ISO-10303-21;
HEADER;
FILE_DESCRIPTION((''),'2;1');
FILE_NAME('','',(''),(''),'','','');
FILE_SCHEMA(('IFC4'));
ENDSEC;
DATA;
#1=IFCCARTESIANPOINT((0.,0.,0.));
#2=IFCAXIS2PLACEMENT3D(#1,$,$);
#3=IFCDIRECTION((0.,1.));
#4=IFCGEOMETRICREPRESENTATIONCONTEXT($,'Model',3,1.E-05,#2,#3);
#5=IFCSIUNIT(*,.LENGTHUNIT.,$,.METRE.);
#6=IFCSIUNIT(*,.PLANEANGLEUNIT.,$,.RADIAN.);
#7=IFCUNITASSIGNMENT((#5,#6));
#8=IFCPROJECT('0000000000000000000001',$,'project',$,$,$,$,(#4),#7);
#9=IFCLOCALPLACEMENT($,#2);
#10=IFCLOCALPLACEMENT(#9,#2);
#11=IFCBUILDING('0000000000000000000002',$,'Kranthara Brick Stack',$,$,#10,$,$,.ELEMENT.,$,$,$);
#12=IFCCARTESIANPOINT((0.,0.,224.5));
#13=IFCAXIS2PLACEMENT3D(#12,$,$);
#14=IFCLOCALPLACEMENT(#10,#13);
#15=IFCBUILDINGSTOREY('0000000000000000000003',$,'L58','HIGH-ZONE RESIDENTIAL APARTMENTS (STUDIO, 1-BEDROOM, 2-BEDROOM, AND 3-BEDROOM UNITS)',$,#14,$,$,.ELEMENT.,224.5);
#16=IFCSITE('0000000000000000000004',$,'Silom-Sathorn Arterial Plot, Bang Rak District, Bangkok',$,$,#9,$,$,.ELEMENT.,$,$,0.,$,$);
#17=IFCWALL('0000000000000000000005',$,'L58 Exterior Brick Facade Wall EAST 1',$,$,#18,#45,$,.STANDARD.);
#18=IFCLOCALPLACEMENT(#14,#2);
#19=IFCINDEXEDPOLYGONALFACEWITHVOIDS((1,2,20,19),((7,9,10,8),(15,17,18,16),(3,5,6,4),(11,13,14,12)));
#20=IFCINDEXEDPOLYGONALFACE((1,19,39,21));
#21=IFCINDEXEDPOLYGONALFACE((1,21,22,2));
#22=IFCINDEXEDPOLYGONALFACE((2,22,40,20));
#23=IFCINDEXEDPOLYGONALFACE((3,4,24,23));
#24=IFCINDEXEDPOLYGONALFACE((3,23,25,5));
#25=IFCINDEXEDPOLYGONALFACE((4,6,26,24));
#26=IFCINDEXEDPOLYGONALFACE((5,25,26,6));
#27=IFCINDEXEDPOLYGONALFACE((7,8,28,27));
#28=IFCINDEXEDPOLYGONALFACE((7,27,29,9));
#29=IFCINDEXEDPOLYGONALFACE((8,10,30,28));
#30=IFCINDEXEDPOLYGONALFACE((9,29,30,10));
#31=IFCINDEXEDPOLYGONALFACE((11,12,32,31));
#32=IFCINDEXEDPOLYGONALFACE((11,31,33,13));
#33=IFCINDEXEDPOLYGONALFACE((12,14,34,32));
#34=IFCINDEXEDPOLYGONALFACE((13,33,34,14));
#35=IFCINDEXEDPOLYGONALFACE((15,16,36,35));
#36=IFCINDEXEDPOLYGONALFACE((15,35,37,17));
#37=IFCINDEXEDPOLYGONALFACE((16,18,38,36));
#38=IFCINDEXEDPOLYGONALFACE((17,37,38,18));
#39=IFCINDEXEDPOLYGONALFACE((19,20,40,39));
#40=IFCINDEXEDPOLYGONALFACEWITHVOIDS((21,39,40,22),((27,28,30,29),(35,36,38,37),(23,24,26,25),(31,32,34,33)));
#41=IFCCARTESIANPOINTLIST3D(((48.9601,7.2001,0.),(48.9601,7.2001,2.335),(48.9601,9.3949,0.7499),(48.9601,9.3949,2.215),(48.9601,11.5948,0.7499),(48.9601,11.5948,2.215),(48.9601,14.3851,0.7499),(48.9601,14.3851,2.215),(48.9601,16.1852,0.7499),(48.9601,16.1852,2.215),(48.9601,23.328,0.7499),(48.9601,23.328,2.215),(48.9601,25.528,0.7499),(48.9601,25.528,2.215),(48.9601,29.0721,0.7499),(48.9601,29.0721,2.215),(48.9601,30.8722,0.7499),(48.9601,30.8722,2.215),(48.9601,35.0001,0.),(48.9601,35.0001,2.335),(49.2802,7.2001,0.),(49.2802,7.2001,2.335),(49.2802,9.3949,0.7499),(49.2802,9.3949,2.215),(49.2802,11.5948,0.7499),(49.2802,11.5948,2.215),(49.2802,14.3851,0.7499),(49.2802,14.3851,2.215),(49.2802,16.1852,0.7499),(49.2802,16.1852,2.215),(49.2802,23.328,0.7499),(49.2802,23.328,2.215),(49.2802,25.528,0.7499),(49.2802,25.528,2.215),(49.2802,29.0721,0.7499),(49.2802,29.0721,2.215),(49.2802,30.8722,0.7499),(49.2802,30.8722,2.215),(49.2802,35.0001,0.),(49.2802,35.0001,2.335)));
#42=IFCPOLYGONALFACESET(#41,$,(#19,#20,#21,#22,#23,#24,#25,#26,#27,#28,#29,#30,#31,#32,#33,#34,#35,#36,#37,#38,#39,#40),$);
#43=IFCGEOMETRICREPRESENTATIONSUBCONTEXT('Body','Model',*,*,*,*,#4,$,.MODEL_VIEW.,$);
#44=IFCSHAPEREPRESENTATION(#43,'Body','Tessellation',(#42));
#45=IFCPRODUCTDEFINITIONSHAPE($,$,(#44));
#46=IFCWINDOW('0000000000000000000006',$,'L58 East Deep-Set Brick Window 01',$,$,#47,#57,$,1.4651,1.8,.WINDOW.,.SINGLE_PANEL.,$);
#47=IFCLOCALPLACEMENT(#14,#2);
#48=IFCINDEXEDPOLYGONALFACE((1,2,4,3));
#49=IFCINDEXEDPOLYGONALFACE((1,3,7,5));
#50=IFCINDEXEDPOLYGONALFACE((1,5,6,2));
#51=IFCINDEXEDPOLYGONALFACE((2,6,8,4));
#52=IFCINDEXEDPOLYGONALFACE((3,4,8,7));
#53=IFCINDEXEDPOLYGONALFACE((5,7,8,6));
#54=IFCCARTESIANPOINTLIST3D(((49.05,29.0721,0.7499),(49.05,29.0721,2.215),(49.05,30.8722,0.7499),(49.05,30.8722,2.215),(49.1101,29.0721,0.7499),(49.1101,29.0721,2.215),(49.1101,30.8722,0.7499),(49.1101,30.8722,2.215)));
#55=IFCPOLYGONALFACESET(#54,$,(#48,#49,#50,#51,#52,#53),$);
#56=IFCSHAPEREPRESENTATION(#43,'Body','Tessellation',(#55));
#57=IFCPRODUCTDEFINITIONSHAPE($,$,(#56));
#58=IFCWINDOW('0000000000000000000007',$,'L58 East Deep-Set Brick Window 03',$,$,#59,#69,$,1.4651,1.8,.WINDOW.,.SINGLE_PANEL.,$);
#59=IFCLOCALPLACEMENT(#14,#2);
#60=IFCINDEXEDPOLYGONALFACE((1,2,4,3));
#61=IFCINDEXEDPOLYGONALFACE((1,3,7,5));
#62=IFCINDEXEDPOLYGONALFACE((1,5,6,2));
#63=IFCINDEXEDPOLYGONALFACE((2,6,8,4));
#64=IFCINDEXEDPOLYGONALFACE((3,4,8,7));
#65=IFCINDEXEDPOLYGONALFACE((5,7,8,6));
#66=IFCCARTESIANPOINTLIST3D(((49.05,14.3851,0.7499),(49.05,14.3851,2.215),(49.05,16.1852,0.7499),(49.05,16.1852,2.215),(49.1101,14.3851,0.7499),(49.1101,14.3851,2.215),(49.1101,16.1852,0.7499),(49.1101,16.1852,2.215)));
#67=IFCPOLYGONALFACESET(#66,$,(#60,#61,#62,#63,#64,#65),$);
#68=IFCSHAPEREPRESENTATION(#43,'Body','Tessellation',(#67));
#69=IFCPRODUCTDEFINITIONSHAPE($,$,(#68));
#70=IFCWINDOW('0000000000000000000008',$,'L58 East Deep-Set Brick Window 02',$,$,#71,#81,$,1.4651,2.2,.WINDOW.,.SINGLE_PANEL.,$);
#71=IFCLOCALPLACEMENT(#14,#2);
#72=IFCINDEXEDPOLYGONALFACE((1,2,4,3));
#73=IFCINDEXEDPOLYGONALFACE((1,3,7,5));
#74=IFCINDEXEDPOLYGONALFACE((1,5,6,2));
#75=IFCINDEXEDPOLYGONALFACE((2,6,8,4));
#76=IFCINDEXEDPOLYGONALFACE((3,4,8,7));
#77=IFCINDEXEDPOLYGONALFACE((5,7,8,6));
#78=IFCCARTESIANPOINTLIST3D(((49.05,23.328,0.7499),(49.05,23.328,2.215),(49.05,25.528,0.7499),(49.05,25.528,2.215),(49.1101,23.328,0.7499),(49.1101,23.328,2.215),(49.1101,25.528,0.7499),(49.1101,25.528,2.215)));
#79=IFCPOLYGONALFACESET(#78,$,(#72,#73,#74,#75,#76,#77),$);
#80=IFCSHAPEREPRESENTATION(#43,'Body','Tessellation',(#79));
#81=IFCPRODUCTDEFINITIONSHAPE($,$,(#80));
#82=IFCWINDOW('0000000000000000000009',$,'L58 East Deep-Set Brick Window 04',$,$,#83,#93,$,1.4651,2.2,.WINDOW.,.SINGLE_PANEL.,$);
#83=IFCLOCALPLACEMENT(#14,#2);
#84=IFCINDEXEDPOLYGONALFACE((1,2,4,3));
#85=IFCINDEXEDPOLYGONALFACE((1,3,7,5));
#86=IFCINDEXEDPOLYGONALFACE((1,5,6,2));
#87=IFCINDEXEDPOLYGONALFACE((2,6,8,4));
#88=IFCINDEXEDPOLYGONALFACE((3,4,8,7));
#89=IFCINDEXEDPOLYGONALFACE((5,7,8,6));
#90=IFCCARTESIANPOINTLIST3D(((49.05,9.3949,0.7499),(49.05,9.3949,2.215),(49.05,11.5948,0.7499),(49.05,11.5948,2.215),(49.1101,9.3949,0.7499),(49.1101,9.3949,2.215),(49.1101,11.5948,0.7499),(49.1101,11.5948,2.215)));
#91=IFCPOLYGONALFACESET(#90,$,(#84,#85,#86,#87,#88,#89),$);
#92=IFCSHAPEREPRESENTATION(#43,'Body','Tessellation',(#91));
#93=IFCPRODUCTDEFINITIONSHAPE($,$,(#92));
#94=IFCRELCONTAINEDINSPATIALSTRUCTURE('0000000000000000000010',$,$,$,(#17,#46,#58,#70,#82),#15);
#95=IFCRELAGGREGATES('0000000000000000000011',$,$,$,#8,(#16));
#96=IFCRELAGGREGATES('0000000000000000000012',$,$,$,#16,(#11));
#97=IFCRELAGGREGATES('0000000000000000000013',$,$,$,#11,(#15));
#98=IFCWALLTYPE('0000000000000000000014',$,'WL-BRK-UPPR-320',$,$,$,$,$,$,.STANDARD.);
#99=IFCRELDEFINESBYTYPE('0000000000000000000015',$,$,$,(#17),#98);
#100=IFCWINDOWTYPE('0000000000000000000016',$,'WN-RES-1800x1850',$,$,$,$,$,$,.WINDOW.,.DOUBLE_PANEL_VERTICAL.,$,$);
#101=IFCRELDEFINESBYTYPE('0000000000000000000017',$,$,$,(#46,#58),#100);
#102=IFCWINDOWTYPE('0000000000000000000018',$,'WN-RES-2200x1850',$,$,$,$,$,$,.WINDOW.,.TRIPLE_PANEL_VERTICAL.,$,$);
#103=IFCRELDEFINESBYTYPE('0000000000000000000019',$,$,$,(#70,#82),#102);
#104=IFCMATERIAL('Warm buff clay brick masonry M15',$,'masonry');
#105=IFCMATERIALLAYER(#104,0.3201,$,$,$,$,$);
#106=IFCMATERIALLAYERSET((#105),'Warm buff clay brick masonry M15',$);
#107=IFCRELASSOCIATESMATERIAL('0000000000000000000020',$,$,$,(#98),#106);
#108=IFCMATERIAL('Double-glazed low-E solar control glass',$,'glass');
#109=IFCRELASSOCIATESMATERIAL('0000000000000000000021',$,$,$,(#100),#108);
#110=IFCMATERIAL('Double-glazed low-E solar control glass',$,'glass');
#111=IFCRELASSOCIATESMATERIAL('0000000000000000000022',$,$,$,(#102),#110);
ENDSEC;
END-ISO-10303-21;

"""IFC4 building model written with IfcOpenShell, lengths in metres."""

from ifc_helpers import new_model, si_unit, direction, frame, frame_2d, origin, place, context, subcontext, project, spatial, rectangle, extrude, material, layer, layer_set, type_object, element, fill, save


model = new_model("IFC4")

# Units and contexts
model_context = context("Model", 3, precision=1e-05, world=origin(), true_north=direction((0.0, 1.0)))
body_context = subcontext(model_context, "Body", "Model", "MODEL_VIEW")
ifc_project = project(units=[si_unit("LENGTHUNIT", "METRE"), si_unit("PLANEANGLEUNIT", "RADIAN")], contexts=[model_context])

# Site, building, storey
site_placement = place(None, origin())
site = spatial("IfcSite", under=ifc_project, at=site_placement, Name="Silom-Sathorn Arterial Plot, Bang Rak District, Bangkok", CompositionType="ELEMENT", RefElevation=0.0)
building_placement = place(site_placement, origin())
building = spatial("IfcBuilding", under=site, at=building_placement, Name="Kranthara Brick Stack", CompositionType="ELEMENT")
storey_placement = place(building_placement, frame((0.0, 0.0, 224.5)))
storey = spatial("IfcBuildingStorey", under=building, at=storey_placement, Name="L58", Description="HIGH-ZONE RESIDENTIAL APARTMENTS (STUDIO, 1-BEDROOM, 2-BEDROOM, AND 3-BEDROOM UNITS)", CompositionType="ELEMENT", Elevation=224.5)

# Shared definitions
ifc_material_1 = material(Name="Warm buff clay brick masonry M15", Category="masonry")
ifc_layer_1 = layer(ifc_material_1, 0.3201)
ifc_layer_set_1 = layer_set([ifc_layer_1], Name="Warm buff clay brick masonry M15")
wall_type = type_object("IfcWallType", Name="WL-BRK-UPPR-320", PredefinedType="STANDARD", material=ifc_layer_set_1)

# Wall, openings, windows
wall_1_placement = place(storey_placement, frame((49.1201, 35.0, 0.0), z_axis=(0.0, 0.0, 1.0), x_axis=(0.0, -1.0, 0.0)))
wall_1 = element("IfcWall", 1, at=wall_1_placement, inside=storey, type_object=wall_type, Name="L58 Exterior Brick Facade Wall EAST 1", PredefinedType="STANDARD", context=body_context, shape_type="SweptSolid", body=[
    extrude(rectangle(XDim=27.8, YDim=0.3201, at=frame_2d((13.8999, 0.0))), origin(), (0.0, 0.0, 1.0), 2.335),
])
opening_1_placement = place(wall_1_placement, frame((4.1279, 0.0, 0.75)))
opening_1 = element("IfcOpeningElement", 2, at=opening_1_placement, cuts=wall_1, PredefinedType="OPENING", context=body_context, shape_type="SweptSolid", body=[
    extrude(rectangle(XDim=1.8, YDim=1.4651, at=frame_2d((0.8999, 0.7324))), frame((0.0, 0.1699, 0.0), z_axis=(0.0, -1.0, 0.0), x_axis=(1.0, 0.0, 0.0)), (0.0, 0.0, 1.0), 0.3401),
])
opening_2_placement = place(wall_1_placement, frame((9.4719, 0.0, 0.75)))
opening_2 = element("IfcOpeningElement", 3, at=opening_2_placement, cuts=wall_1, PredefinedType="OPENING", context=body_context, shape_type="SweptSolid", body=[
    extrude(rectangle(XDim=2.2, YDim=1.4651, at=frame_2d((1.1001, 0.7324))), frame((0.0, 0.1699, 0.0), z_axis=(0.0, -1.0, 0.0), x_axis=(1.0, 0.0, 0.0)), (0.0, 0.0, 1.0), 0.3401),
])
opening_3_placement = place(wall_1_placement, frame((18.8149, 0.0, 0.75)))
opening_3 = element("IfcOpeningElement", 4, at=opening_3_placement, cuts=wall_1, PredefinedType="OPENING", context=body_context, shape_type="SweptSolid", body=[
    extrude(rectangle(XDim=1.8, YDim=1.4651, at=frame_2d((0.8999, 0.7324))), frame((0.0, 0.1699, 0.0), z_axis=(0.0, -1.0, 0.0), x_axis=(1.0, 0.0, 0.0)), (0.0, 0.0, 1.0), 0.3401),
])
opening_4_placement = place(wall_1_placement, frame((23.405, 0.0, 0.75)))
opening_4 = element("IfcOpeningElement", 5, at=opening_4_placement, cuts=wall_1, PredefinedType="OPENING", context=body_context, shape_type="SweptSolid", body=[
    extrude(rectangle(XDim=2.2, YDim=1.4651, at=frame_2d((1.1001, 0.7324))), frame((0.0, 0.1699, 0.0), z_axis=(0.0, -1.0, 0.0), x_axis=(1.0, 0.0, 0.0)), (0.0, 0.0, 1.0), 0.3401),
])
ifc_material_2 = material(Name="Double-glazed low-E solar control glass", Category="glass")
window_type_1 = type_object("IfcWindowType", Name="WN-RES-1800x1850", PartitioningType="DOUBLE_PANEL_VERTICAL", PredefinedType="WINDOW", material=ifc_material_2)
window_1_placement = place(opening_1_placement, origin())
window_1 = element("IfcWindow", 6, at=window_1_placement, inside=storey, type_object=window_type_1, Name="L58 East Deep-Set Brick Window 01", OverallHeight=1.4651, OverallWidth=1.8, PartitioningType="SINGLE_PANEL", PredefinedType="WINDOW", context=body_context, shape_type="SweptSolid", body=[
    extrude(rectangle(XDim=1.8, YDim=1.4651, at=frame_2d((0.8999, 0.7324))), frame((0.0, -0.01, 0.0), z_axis=(0.0, -1.0, 0.0), x_axis=(1.0, 0.0, 0.0)), (0.0, 0.0, 1.0), 0.0601),
])
fill(opening_1, window_1)
window_2_placement = place(opening_3_placement, origin())
window_2 = element("IfcWindow", 7, at=window_2_placement, inside=storey, type_object=window_type_1, Name="L58 East Deep-Set Brick Window 03", OverallHeight=1.4651, OverallWidth=1.8, PartitioningType="SINGLE_PANEL", PredefinedType="WINDOW", context=body_context, shape_type="SweptSolid", body=[
    extrude(rectangle(XDim=1.8, YDim=1.4651, at=frame_2d((0.8999, 0.7324))), frame((0.0, -0.01, 0.0), z_axis=(0.0, -1.0, 0.0), x_axis=(1.0, 0.0, 0.0)), (0.0, 0.0, 1.0), 0.0601),
])
fill(opening_3, window_2)
ifc_material_3 = material(Name="Double-glazed low-E solar control glass", Category="glass")
window_type_2 = type_object("IfcWindowType", Name="WN-RES-2200x1850", PartitioningType="TRIPLE_PANEL_VERTICAL", PredefinedType="WINDOW", material=ifc_material_3)
window_3_placement = place(opening_2_placement, origin())
window_3 = element("IfcWindow", 8, at=window_3_placement, inside=storey, type_object=window_type_2, Name="L58 East Deep-Set Brick Window 02", OverallHeight=1.4651, OverallWidth=2.2, PartitioningType="SINGLE_PANEL", PredefinedType="WINDOW", context=body_context, shape_type="SweptSolid", body=[
    extrude(rectangle(XDim=2.2, YDim=1.4651, at=frame_2d((1.1001, 0.7324))), frame((0.0, -0.01, 0.0), z_axis=(0.0, -1.0, 0.0), x_axis=(1.0, 0.0, 0.0)), (0.0, 0.0, 1.0), 0.0601),
])
fill(opening_2, window_3)
window_4_placement = place(opening_4_placement, origin())
window_4 = element("IfcWindow", 9, at=window_4_placement, inside=storey, type_object=window_type_2, Name="L58 East Deep-Set Brick Window 04", OverallHeight=1.4651, OverallWidth=2.2, PartitioningType="SINGLE_PANEL", PredefinedType="WINDOW", context=body_context, shape_type="SweptSolid", body=[
    extrude(rectangle(XDim=2.2, YDim=1.4651, at=frame_2d((1.1001, 0.7324))), frame((0.0, -0.01, 0.0), z_axis=(0.0, -1.0, 0.0), x_axis=(1.0, 0.0, 0.0)), (0.0, 0.0, 1.0), 0.0601),
])
fill(opening_4, window_4)

save(model, "model.ifc")
